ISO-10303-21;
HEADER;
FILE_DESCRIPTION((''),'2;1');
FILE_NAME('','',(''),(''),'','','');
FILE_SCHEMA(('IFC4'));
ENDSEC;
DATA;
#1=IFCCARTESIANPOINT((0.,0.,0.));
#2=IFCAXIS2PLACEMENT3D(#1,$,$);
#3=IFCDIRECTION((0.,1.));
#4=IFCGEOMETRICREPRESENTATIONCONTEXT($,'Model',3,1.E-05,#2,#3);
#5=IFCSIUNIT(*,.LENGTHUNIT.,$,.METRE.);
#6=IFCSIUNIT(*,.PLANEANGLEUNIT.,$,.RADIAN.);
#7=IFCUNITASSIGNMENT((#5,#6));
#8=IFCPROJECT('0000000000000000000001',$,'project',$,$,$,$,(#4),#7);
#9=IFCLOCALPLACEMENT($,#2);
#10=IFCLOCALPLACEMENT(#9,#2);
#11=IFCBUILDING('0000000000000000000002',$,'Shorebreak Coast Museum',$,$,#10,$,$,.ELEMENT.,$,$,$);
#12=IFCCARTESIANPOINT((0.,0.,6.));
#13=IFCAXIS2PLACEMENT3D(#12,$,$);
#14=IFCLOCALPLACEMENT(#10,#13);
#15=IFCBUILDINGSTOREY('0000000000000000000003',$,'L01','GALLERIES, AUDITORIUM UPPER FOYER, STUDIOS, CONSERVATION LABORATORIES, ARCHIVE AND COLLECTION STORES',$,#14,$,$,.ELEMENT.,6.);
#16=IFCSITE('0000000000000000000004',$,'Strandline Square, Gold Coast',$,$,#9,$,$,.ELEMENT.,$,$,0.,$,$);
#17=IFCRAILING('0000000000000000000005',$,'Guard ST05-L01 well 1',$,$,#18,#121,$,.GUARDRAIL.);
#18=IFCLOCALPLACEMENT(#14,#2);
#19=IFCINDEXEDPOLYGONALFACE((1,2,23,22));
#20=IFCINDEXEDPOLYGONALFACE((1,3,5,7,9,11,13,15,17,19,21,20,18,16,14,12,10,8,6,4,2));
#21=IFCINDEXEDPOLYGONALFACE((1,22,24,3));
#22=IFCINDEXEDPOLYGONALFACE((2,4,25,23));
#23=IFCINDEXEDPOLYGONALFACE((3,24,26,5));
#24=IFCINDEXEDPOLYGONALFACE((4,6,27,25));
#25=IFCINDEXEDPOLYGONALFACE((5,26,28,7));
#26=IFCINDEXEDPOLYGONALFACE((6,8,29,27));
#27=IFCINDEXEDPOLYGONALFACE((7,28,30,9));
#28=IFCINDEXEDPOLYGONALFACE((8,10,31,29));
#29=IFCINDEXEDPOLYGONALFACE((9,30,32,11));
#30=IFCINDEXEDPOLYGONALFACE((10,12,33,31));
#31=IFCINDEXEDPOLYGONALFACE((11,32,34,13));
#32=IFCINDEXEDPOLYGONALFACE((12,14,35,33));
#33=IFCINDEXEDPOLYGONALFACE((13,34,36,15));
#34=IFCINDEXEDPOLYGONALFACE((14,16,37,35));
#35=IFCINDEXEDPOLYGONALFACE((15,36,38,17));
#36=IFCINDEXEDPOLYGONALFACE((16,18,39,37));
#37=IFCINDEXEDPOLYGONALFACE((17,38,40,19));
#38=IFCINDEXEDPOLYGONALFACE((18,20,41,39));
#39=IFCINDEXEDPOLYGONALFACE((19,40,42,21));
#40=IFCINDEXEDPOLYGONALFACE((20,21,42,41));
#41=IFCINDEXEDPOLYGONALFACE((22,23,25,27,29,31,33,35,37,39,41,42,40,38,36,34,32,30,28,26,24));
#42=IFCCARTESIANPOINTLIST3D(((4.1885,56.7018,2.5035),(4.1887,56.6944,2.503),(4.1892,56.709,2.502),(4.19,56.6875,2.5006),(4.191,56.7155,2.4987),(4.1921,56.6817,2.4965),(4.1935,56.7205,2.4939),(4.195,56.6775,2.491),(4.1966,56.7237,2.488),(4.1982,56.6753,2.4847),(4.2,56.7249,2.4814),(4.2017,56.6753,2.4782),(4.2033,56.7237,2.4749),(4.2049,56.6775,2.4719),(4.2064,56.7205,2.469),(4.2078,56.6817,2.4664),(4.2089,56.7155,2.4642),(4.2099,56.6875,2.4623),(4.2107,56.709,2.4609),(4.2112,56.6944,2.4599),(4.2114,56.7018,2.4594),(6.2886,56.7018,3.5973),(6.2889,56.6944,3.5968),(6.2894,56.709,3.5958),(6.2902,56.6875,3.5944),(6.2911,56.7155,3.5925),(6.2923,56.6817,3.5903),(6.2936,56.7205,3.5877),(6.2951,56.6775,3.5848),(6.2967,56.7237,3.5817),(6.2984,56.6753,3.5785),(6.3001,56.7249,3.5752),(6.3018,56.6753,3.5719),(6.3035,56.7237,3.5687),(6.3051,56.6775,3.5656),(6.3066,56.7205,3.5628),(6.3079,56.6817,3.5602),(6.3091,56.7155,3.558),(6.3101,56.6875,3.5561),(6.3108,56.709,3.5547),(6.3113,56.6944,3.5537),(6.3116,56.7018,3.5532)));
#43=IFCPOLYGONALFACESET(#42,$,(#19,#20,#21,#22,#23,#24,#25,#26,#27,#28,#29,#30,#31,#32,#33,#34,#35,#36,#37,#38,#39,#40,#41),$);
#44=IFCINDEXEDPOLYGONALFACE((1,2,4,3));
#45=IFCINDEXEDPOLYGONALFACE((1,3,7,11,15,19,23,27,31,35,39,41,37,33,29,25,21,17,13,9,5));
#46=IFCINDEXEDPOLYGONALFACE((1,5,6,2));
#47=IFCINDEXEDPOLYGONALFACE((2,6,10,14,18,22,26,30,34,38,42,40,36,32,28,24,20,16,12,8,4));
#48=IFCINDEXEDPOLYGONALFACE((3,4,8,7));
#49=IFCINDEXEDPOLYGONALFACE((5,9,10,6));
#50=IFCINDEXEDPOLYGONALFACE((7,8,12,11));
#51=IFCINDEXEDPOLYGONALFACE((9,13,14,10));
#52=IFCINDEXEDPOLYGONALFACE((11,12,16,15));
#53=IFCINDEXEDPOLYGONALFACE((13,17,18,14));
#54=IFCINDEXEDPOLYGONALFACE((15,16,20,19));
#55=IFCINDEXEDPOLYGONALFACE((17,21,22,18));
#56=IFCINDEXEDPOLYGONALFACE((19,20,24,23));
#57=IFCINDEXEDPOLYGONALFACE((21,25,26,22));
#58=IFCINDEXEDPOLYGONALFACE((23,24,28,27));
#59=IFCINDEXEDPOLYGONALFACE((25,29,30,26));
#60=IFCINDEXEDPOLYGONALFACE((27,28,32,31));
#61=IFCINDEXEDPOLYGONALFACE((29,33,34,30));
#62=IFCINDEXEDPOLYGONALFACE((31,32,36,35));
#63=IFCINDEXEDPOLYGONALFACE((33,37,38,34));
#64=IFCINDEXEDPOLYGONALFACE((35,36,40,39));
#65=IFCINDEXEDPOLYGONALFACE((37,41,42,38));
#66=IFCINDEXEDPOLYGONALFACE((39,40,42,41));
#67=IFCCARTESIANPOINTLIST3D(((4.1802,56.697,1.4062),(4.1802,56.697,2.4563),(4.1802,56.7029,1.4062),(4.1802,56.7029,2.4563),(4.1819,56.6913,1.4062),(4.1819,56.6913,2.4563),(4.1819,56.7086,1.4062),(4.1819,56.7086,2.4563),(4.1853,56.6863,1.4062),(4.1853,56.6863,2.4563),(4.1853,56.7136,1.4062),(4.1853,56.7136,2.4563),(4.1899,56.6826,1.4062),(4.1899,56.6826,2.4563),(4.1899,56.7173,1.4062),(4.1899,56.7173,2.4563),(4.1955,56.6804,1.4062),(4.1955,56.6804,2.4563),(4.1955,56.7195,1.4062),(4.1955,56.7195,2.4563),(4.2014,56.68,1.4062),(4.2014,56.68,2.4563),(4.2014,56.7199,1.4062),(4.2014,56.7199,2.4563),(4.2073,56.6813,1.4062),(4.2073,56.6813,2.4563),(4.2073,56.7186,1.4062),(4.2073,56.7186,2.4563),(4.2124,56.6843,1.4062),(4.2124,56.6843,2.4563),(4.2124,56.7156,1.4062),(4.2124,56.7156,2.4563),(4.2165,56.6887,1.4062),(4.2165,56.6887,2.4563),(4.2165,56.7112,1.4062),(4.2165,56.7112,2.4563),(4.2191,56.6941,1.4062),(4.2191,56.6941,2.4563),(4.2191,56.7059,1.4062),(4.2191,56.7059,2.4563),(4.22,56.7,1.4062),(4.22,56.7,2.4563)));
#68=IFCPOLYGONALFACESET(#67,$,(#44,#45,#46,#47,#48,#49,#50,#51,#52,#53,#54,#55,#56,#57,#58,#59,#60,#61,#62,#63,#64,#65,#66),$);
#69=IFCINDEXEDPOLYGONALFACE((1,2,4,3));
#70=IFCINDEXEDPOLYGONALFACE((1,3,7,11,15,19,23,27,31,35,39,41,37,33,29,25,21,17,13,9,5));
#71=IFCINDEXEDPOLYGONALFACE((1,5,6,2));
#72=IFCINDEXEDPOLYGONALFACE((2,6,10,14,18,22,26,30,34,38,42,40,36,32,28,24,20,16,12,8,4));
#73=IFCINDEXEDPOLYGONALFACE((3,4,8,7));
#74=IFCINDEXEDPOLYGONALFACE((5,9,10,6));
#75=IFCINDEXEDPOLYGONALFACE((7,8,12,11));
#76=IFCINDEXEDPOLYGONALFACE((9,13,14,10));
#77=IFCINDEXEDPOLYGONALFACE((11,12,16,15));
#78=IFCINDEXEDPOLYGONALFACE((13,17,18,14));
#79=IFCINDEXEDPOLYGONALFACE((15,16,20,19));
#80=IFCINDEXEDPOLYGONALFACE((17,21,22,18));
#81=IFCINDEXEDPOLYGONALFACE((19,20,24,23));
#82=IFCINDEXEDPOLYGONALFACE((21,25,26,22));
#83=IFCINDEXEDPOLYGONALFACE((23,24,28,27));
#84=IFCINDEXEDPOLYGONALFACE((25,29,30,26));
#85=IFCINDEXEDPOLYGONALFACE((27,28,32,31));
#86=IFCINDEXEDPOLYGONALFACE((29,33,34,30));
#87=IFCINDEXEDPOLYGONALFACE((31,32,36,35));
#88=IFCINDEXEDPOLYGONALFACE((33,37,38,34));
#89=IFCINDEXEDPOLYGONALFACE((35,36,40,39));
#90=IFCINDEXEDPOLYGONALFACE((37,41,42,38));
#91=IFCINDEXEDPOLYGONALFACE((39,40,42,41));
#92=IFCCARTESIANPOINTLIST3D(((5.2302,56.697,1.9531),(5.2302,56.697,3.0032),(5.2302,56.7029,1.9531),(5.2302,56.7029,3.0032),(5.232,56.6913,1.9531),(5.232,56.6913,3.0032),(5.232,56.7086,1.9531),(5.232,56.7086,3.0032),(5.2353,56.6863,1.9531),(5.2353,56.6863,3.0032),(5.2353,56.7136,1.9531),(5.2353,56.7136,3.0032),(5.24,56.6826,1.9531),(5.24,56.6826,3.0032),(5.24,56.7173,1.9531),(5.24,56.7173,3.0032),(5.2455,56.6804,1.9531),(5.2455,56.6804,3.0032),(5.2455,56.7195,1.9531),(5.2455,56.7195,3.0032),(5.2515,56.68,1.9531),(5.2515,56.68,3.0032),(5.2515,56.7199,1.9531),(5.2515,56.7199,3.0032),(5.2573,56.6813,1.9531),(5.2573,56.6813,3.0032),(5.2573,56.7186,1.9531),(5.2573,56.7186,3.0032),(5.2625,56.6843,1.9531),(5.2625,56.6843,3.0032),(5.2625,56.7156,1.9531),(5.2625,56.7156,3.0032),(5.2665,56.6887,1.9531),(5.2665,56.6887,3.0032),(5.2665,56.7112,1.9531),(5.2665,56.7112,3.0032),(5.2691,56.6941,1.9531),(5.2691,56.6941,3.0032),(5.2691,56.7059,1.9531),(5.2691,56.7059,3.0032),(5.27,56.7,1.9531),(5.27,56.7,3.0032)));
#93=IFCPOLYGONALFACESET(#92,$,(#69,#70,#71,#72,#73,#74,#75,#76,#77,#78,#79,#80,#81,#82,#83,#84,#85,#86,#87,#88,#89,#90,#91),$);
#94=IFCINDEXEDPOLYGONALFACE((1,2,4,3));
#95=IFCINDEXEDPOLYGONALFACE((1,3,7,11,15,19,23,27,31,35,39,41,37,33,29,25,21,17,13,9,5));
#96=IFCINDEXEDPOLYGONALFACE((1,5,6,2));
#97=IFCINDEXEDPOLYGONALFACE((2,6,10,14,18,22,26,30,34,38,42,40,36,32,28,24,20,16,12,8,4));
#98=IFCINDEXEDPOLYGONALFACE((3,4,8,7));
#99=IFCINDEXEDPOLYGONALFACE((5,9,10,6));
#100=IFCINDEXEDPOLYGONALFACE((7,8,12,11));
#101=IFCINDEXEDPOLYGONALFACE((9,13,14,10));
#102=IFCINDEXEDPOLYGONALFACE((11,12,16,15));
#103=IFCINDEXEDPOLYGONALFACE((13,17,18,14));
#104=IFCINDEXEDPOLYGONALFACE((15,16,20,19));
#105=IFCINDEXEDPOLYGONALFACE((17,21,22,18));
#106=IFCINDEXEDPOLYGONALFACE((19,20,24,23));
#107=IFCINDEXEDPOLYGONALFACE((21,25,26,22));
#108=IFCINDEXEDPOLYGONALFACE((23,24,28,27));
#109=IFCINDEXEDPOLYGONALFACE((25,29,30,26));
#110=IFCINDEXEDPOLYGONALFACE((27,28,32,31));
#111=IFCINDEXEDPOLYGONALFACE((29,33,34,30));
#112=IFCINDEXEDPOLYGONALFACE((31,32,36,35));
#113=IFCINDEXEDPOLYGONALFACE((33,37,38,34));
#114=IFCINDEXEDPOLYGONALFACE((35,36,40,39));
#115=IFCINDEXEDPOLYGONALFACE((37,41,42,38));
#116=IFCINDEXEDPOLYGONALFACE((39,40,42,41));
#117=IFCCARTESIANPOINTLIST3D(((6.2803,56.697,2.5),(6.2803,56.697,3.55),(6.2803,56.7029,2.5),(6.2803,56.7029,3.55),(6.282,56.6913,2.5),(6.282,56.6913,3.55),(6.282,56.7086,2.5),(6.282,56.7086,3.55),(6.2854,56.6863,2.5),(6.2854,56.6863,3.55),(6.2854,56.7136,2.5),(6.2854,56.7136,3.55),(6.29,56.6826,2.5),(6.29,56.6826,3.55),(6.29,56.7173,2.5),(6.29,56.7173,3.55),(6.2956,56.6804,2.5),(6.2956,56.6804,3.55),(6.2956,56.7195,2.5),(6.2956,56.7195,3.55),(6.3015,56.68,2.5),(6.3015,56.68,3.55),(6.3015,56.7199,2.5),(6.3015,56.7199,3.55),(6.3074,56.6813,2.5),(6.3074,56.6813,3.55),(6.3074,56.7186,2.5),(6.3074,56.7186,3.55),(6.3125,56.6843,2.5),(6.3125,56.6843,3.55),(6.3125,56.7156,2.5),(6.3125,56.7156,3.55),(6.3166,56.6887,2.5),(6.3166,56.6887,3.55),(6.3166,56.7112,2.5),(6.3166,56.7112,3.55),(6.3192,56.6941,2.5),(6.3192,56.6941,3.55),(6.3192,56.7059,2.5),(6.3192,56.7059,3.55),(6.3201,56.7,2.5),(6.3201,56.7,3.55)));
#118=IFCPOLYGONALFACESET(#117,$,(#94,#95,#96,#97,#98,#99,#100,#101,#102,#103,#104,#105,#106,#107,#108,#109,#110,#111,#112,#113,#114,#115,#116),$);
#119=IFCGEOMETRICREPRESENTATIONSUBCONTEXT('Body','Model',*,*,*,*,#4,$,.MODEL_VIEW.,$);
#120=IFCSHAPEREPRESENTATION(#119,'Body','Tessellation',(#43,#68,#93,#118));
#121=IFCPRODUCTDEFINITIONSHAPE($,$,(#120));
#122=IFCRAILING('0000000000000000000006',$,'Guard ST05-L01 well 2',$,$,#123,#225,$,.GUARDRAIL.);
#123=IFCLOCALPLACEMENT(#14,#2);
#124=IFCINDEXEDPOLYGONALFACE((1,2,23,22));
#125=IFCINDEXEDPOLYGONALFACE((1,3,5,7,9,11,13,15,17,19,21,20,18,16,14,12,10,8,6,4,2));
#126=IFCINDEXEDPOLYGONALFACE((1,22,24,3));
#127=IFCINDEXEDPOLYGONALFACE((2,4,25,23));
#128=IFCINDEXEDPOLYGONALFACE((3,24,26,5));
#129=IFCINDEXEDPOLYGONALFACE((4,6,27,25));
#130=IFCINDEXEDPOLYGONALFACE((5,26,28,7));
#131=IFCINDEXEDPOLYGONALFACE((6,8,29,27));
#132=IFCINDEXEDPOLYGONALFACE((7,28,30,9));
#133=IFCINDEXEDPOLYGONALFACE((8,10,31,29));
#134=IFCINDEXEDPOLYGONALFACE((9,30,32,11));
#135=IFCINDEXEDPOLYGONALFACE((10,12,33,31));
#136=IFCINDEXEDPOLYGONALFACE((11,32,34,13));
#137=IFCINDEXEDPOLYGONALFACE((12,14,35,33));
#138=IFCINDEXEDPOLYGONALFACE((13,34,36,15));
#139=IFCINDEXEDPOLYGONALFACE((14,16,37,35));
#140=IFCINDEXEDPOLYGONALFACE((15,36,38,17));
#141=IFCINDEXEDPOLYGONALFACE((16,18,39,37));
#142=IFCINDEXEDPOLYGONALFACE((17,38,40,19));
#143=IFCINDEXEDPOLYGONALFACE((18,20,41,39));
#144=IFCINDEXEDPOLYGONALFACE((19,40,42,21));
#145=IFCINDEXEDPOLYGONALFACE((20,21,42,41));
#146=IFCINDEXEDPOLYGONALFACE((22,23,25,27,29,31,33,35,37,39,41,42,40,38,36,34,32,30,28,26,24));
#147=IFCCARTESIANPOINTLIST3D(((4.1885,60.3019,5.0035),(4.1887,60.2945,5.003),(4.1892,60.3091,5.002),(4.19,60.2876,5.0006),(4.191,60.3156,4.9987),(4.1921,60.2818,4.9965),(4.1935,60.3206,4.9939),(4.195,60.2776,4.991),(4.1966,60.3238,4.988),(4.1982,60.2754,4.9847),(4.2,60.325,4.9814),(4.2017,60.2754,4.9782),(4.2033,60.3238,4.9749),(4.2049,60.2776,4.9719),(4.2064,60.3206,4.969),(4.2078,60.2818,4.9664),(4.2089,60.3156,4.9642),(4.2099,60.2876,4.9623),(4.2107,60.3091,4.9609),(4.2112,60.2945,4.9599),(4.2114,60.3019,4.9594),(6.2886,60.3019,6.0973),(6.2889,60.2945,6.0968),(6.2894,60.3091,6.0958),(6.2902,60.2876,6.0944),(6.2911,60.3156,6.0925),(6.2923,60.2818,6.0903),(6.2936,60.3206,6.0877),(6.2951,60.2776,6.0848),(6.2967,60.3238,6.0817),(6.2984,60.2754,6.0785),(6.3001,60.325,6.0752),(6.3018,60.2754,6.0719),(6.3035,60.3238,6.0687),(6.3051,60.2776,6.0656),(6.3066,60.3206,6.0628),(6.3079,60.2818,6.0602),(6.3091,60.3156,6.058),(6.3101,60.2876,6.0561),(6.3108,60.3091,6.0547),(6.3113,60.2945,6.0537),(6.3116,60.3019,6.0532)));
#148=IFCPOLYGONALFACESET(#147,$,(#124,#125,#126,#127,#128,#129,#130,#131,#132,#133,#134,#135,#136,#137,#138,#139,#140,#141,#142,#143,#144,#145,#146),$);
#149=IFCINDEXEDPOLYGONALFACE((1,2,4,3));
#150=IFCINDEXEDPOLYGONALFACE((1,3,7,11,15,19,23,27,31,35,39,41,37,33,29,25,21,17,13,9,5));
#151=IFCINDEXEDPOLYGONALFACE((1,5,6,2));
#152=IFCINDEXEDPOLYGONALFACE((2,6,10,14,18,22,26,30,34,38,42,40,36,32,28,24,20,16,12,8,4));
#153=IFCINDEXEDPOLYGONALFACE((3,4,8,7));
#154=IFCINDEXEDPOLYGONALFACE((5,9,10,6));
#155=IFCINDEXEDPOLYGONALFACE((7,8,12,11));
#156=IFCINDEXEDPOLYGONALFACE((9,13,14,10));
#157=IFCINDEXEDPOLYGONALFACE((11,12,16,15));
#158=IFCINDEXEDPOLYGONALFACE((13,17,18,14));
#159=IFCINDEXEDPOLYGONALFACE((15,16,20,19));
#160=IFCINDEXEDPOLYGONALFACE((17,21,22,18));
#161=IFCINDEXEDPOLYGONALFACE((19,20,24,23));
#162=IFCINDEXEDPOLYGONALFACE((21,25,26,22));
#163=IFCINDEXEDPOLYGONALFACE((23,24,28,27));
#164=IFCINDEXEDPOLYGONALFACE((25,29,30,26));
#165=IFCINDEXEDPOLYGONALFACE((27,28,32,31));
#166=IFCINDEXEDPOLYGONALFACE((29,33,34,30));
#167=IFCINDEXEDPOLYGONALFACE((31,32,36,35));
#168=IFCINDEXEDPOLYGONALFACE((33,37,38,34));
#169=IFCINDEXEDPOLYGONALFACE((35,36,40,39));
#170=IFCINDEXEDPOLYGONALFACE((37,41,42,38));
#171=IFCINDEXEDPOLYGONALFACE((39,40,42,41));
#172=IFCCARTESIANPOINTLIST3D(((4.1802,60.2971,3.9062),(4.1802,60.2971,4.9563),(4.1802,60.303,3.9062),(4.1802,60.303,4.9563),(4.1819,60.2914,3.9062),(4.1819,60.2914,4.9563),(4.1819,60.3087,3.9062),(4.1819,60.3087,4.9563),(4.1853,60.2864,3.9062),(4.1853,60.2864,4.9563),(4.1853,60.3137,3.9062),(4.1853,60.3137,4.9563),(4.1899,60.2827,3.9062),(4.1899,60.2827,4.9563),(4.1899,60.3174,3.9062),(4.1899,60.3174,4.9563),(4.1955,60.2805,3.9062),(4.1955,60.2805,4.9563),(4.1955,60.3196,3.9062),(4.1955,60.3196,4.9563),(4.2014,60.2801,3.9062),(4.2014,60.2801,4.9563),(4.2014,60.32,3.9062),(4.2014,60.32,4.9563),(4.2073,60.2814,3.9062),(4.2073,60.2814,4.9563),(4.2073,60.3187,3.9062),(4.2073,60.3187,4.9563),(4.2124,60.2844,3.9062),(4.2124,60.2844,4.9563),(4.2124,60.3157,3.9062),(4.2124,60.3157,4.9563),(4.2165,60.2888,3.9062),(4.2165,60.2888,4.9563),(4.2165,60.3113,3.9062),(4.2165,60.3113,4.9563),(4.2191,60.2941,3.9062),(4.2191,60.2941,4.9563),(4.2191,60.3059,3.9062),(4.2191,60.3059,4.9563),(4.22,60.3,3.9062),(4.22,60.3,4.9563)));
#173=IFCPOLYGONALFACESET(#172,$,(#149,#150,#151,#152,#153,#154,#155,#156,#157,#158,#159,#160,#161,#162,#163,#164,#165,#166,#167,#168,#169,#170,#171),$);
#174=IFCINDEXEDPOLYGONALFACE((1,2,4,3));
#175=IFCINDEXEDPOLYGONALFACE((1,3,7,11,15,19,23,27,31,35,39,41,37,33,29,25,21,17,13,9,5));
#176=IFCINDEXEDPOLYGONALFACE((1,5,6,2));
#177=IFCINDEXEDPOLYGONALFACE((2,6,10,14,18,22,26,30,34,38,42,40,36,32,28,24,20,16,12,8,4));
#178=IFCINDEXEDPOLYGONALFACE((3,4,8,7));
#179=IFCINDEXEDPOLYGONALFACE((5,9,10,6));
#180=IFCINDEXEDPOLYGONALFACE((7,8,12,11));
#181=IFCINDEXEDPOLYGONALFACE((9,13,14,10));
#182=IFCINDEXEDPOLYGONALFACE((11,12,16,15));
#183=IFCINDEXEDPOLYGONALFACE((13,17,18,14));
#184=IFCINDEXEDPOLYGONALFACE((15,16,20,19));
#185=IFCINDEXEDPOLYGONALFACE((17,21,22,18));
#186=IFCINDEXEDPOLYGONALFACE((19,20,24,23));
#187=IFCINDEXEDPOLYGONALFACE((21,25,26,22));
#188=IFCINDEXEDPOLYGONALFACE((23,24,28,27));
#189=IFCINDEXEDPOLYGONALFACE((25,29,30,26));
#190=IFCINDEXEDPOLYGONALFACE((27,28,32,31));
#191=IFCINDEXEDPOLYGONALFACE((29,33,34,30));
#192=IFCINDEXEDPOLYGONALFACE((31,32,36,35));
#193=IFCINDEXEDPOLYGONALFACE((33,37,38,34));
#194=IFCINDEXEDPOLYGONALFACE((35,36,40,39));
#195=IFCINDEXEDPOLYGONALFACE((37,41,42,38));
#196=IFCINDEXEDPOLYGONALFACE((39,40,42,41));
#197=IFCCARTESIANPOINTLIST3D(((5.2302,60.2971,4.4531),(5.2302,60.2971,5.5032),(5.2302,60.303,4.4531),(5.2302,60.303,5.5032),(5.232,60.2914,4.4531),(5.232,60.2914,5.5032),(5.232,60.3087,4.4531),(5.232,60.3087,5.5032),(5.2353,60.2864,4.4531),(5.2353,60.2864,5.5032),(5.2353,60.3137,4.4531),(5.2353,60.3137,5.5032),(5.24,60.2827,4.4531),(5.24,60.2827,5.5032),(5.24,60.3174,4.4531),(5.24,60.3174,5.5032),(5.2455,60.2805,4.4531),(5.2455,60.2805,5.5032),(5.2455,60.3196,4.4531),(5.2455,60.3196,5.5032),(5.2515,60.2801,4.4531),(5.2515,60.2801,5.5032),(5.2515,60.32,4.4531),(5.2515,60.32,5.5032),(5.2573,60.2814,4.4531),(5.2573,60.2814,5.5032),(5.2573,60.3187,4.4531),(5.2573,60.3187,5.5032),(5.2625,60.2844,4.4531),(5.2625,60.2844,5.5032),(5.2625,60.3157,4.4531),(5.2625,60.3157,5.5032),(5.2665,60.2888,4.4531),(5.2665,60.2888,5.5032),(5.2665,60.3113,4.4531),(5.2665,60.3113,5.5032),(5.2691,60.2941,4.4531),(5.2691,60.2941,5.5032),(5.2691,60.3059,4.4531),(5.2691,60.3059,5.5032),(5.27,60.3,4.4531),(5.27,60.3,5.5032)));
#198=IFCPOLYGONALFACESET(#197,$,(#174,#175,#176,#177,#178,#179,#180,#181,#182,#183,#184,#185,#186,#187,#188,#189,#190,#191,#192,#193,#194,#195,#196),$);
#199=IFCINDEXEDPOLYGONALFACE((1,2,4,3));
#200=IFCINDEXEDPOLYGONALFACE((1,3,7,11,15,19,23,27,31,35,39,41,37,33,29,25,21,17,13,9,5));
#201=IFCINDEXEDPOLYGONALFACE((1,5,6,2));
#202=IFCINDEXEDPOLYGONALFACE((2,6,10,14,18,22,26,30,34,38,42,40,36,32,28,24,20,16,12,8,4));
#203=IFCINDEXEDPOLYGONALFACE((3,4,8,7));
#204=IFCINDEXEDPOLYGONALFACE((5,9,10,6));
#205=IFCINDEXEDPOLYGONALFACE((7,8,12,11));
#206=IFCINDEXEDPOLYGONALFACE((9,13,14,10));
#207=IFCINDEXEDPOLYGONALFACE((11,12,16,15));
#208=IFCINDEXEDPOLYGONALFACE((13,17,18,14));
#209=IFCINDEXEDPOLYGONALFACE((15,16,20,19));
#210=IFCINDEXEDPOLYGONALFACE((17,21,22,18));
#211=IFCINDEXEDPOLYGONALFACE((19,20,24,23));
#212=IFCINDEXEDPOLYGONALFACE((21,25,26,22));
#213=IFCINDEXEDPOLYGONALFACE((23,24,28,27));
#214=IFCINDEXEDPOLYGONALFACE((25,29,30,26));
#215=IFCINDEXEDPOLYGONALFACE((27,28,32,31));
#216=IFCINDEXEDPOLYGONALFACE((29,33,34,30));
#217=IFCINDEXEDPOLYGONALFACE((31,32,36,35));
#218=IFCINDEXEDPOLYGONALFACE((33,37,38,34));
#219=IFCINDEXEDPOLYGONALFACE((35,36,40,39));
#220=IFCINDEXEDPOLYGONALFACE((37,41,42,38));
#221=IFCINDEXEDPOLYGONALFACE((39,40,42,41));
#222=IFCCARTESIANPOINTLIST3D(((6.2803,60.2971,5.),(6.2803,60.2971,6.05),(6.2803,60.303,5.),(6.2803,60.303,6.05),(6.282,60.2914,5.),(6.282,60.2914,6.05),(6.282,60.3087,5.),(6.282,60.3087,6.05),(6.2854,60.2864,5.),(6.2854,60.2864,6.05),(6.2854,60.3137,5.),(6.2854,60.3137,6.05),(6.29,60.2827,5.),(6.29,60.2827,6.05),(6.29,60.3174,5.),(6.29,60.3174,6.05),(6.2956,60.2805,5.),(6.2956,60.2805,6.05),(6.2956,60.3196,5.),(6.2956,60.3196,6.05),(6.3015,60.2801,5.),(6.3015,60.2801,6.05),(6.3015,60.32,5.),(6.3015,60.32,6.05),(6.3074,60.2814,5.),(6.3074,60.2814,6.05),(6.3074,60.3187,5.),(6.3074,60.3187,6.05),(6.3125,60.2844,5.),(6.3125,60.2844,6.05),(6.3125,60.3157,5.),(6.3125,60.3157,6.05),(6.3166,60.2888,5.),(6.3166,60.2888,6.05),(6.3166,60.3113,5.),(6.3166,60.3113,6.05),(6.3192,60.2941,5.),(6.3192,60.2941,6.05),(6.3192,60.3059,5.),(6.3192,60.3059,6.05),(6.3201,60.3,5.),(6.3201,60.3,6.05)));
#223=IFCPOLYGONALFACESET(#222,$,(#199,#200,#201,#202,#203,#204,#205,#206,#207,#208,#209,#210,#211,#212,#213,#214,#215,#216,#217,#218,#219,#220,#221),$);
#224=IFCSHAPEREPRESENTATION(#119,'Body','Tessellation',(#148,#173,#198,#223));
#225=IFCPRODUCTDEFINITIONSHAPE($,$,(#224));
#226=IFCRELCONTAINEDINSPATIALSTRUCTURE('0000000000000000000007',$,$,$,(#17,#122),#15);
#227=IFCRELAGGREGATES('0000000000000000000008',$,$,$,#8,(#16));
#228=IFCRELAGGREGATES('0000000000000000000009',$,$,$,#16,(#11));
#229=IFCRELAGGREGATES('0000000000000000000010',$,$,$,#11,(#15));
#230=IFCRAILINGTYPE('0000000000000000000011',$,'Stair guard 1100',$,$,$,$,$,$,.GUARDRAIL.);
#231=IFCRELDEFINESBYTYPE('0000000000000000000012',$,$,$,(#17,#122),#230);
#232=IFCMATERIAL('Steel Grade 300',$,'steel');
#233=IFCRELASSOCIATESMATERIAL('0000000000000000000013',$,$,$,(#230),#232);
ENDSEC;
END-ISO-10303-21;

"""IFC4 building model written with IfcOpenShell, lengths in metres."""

from ifc_helpers import new_model, si_unit, direction, frame, origin, origin_2d, place, context, subcontext, project, spatial, circle, extrude, material, type_object, element, save


model = new_model("IFC4")

# Units and contexts
model_context = context("Model", 3, precision=1e-05, world=origin(), true_north=direction((0.0, 1.0)))
body_context = subcontext(model_context, "Body", "Model", "MODEL_VIEW")
ifc_project = project(units=[si_unit("LENGTHUNIT", "METRE"), si_unit("PLANEANGLEUNIT", "RADIAN")], contexts=[model_context])

# Site, building, storey
site_placement = place(None, origin())
site = spatial("IfcSite", under=ifc_project, at=site_placement, Name="Strandline Square, Gold Coast", CompositionType="ELEMENT", RefElevation=0.0)
building_placement = place(site_placement, origin())
building = spatial("IfcBuilding", under=site, at=building_placement, Name="Shorebreak Coast Museum", CompositionType="ELEMENT")
storey_placement = place(building_placement, frame((0.0, 0.0, 6.0)))
storey = spatial("IfcBuildingStorey", under=building, at=storey_placement, Name="L01", Description="GALLERIES, AUDITORIUM UPPER FOYER, STUDIOS, CONSERVATION LABORATORIES, ARCHIVE AND COLLECTION STORES", CompositionType="ELEMENT", Elevation=6.0)

# Railings
ifc_material_1 = material(Name="Steel Grade 300", Category="steel")
railing_type_1 = type_object("IfcRailingType", Name="Stair guard 1100", PredefinedType="GUARDRAIL", material=ifc_material_1)
for number, where, name in (
    (1, (4.2, 56.7, 1.4062), "Guard ST05-L01 well 1"),
    (2, (4.2, 60.3, 3.9062), "Guard ST05-L01 well 2"),
):
    element("IfcRailing", number, at=place(storey_placement, frame(where)), inside=storey, type_object=railing_type_1, Name=name, PredefinedType="GUARDRAIL", context=body_context, shape_type="SweptSolid", body=[
        extrude(circle(Radius=0.0249, at=origin_2d()), frame((0.0, 0.0, 1.0752), z_axis=(0.886923, 0.0, 0.461918), x_axis=(0.0, 1.0, 0.0)), (0.0, 0.0, 1.0), 2.3679),
        extrude(circle(Radius=0.02, at=origin_2d()), origin(), (0.0, 0.0, 1.0), 1.05),
        extrude(circle(Radius=0.02, at=origin_2d()), frame((1.05, 0.0, 0.5469)), (0.0, 0.0, 1.0), 1.05),
        extrude(circle(Radius=0.02, at=origin_2d()), frame((2.1001, 0.0, 1.0938)), (0.0, 0.0, 1.0), 1.05),
    ])

save(model, "model.ifc")
